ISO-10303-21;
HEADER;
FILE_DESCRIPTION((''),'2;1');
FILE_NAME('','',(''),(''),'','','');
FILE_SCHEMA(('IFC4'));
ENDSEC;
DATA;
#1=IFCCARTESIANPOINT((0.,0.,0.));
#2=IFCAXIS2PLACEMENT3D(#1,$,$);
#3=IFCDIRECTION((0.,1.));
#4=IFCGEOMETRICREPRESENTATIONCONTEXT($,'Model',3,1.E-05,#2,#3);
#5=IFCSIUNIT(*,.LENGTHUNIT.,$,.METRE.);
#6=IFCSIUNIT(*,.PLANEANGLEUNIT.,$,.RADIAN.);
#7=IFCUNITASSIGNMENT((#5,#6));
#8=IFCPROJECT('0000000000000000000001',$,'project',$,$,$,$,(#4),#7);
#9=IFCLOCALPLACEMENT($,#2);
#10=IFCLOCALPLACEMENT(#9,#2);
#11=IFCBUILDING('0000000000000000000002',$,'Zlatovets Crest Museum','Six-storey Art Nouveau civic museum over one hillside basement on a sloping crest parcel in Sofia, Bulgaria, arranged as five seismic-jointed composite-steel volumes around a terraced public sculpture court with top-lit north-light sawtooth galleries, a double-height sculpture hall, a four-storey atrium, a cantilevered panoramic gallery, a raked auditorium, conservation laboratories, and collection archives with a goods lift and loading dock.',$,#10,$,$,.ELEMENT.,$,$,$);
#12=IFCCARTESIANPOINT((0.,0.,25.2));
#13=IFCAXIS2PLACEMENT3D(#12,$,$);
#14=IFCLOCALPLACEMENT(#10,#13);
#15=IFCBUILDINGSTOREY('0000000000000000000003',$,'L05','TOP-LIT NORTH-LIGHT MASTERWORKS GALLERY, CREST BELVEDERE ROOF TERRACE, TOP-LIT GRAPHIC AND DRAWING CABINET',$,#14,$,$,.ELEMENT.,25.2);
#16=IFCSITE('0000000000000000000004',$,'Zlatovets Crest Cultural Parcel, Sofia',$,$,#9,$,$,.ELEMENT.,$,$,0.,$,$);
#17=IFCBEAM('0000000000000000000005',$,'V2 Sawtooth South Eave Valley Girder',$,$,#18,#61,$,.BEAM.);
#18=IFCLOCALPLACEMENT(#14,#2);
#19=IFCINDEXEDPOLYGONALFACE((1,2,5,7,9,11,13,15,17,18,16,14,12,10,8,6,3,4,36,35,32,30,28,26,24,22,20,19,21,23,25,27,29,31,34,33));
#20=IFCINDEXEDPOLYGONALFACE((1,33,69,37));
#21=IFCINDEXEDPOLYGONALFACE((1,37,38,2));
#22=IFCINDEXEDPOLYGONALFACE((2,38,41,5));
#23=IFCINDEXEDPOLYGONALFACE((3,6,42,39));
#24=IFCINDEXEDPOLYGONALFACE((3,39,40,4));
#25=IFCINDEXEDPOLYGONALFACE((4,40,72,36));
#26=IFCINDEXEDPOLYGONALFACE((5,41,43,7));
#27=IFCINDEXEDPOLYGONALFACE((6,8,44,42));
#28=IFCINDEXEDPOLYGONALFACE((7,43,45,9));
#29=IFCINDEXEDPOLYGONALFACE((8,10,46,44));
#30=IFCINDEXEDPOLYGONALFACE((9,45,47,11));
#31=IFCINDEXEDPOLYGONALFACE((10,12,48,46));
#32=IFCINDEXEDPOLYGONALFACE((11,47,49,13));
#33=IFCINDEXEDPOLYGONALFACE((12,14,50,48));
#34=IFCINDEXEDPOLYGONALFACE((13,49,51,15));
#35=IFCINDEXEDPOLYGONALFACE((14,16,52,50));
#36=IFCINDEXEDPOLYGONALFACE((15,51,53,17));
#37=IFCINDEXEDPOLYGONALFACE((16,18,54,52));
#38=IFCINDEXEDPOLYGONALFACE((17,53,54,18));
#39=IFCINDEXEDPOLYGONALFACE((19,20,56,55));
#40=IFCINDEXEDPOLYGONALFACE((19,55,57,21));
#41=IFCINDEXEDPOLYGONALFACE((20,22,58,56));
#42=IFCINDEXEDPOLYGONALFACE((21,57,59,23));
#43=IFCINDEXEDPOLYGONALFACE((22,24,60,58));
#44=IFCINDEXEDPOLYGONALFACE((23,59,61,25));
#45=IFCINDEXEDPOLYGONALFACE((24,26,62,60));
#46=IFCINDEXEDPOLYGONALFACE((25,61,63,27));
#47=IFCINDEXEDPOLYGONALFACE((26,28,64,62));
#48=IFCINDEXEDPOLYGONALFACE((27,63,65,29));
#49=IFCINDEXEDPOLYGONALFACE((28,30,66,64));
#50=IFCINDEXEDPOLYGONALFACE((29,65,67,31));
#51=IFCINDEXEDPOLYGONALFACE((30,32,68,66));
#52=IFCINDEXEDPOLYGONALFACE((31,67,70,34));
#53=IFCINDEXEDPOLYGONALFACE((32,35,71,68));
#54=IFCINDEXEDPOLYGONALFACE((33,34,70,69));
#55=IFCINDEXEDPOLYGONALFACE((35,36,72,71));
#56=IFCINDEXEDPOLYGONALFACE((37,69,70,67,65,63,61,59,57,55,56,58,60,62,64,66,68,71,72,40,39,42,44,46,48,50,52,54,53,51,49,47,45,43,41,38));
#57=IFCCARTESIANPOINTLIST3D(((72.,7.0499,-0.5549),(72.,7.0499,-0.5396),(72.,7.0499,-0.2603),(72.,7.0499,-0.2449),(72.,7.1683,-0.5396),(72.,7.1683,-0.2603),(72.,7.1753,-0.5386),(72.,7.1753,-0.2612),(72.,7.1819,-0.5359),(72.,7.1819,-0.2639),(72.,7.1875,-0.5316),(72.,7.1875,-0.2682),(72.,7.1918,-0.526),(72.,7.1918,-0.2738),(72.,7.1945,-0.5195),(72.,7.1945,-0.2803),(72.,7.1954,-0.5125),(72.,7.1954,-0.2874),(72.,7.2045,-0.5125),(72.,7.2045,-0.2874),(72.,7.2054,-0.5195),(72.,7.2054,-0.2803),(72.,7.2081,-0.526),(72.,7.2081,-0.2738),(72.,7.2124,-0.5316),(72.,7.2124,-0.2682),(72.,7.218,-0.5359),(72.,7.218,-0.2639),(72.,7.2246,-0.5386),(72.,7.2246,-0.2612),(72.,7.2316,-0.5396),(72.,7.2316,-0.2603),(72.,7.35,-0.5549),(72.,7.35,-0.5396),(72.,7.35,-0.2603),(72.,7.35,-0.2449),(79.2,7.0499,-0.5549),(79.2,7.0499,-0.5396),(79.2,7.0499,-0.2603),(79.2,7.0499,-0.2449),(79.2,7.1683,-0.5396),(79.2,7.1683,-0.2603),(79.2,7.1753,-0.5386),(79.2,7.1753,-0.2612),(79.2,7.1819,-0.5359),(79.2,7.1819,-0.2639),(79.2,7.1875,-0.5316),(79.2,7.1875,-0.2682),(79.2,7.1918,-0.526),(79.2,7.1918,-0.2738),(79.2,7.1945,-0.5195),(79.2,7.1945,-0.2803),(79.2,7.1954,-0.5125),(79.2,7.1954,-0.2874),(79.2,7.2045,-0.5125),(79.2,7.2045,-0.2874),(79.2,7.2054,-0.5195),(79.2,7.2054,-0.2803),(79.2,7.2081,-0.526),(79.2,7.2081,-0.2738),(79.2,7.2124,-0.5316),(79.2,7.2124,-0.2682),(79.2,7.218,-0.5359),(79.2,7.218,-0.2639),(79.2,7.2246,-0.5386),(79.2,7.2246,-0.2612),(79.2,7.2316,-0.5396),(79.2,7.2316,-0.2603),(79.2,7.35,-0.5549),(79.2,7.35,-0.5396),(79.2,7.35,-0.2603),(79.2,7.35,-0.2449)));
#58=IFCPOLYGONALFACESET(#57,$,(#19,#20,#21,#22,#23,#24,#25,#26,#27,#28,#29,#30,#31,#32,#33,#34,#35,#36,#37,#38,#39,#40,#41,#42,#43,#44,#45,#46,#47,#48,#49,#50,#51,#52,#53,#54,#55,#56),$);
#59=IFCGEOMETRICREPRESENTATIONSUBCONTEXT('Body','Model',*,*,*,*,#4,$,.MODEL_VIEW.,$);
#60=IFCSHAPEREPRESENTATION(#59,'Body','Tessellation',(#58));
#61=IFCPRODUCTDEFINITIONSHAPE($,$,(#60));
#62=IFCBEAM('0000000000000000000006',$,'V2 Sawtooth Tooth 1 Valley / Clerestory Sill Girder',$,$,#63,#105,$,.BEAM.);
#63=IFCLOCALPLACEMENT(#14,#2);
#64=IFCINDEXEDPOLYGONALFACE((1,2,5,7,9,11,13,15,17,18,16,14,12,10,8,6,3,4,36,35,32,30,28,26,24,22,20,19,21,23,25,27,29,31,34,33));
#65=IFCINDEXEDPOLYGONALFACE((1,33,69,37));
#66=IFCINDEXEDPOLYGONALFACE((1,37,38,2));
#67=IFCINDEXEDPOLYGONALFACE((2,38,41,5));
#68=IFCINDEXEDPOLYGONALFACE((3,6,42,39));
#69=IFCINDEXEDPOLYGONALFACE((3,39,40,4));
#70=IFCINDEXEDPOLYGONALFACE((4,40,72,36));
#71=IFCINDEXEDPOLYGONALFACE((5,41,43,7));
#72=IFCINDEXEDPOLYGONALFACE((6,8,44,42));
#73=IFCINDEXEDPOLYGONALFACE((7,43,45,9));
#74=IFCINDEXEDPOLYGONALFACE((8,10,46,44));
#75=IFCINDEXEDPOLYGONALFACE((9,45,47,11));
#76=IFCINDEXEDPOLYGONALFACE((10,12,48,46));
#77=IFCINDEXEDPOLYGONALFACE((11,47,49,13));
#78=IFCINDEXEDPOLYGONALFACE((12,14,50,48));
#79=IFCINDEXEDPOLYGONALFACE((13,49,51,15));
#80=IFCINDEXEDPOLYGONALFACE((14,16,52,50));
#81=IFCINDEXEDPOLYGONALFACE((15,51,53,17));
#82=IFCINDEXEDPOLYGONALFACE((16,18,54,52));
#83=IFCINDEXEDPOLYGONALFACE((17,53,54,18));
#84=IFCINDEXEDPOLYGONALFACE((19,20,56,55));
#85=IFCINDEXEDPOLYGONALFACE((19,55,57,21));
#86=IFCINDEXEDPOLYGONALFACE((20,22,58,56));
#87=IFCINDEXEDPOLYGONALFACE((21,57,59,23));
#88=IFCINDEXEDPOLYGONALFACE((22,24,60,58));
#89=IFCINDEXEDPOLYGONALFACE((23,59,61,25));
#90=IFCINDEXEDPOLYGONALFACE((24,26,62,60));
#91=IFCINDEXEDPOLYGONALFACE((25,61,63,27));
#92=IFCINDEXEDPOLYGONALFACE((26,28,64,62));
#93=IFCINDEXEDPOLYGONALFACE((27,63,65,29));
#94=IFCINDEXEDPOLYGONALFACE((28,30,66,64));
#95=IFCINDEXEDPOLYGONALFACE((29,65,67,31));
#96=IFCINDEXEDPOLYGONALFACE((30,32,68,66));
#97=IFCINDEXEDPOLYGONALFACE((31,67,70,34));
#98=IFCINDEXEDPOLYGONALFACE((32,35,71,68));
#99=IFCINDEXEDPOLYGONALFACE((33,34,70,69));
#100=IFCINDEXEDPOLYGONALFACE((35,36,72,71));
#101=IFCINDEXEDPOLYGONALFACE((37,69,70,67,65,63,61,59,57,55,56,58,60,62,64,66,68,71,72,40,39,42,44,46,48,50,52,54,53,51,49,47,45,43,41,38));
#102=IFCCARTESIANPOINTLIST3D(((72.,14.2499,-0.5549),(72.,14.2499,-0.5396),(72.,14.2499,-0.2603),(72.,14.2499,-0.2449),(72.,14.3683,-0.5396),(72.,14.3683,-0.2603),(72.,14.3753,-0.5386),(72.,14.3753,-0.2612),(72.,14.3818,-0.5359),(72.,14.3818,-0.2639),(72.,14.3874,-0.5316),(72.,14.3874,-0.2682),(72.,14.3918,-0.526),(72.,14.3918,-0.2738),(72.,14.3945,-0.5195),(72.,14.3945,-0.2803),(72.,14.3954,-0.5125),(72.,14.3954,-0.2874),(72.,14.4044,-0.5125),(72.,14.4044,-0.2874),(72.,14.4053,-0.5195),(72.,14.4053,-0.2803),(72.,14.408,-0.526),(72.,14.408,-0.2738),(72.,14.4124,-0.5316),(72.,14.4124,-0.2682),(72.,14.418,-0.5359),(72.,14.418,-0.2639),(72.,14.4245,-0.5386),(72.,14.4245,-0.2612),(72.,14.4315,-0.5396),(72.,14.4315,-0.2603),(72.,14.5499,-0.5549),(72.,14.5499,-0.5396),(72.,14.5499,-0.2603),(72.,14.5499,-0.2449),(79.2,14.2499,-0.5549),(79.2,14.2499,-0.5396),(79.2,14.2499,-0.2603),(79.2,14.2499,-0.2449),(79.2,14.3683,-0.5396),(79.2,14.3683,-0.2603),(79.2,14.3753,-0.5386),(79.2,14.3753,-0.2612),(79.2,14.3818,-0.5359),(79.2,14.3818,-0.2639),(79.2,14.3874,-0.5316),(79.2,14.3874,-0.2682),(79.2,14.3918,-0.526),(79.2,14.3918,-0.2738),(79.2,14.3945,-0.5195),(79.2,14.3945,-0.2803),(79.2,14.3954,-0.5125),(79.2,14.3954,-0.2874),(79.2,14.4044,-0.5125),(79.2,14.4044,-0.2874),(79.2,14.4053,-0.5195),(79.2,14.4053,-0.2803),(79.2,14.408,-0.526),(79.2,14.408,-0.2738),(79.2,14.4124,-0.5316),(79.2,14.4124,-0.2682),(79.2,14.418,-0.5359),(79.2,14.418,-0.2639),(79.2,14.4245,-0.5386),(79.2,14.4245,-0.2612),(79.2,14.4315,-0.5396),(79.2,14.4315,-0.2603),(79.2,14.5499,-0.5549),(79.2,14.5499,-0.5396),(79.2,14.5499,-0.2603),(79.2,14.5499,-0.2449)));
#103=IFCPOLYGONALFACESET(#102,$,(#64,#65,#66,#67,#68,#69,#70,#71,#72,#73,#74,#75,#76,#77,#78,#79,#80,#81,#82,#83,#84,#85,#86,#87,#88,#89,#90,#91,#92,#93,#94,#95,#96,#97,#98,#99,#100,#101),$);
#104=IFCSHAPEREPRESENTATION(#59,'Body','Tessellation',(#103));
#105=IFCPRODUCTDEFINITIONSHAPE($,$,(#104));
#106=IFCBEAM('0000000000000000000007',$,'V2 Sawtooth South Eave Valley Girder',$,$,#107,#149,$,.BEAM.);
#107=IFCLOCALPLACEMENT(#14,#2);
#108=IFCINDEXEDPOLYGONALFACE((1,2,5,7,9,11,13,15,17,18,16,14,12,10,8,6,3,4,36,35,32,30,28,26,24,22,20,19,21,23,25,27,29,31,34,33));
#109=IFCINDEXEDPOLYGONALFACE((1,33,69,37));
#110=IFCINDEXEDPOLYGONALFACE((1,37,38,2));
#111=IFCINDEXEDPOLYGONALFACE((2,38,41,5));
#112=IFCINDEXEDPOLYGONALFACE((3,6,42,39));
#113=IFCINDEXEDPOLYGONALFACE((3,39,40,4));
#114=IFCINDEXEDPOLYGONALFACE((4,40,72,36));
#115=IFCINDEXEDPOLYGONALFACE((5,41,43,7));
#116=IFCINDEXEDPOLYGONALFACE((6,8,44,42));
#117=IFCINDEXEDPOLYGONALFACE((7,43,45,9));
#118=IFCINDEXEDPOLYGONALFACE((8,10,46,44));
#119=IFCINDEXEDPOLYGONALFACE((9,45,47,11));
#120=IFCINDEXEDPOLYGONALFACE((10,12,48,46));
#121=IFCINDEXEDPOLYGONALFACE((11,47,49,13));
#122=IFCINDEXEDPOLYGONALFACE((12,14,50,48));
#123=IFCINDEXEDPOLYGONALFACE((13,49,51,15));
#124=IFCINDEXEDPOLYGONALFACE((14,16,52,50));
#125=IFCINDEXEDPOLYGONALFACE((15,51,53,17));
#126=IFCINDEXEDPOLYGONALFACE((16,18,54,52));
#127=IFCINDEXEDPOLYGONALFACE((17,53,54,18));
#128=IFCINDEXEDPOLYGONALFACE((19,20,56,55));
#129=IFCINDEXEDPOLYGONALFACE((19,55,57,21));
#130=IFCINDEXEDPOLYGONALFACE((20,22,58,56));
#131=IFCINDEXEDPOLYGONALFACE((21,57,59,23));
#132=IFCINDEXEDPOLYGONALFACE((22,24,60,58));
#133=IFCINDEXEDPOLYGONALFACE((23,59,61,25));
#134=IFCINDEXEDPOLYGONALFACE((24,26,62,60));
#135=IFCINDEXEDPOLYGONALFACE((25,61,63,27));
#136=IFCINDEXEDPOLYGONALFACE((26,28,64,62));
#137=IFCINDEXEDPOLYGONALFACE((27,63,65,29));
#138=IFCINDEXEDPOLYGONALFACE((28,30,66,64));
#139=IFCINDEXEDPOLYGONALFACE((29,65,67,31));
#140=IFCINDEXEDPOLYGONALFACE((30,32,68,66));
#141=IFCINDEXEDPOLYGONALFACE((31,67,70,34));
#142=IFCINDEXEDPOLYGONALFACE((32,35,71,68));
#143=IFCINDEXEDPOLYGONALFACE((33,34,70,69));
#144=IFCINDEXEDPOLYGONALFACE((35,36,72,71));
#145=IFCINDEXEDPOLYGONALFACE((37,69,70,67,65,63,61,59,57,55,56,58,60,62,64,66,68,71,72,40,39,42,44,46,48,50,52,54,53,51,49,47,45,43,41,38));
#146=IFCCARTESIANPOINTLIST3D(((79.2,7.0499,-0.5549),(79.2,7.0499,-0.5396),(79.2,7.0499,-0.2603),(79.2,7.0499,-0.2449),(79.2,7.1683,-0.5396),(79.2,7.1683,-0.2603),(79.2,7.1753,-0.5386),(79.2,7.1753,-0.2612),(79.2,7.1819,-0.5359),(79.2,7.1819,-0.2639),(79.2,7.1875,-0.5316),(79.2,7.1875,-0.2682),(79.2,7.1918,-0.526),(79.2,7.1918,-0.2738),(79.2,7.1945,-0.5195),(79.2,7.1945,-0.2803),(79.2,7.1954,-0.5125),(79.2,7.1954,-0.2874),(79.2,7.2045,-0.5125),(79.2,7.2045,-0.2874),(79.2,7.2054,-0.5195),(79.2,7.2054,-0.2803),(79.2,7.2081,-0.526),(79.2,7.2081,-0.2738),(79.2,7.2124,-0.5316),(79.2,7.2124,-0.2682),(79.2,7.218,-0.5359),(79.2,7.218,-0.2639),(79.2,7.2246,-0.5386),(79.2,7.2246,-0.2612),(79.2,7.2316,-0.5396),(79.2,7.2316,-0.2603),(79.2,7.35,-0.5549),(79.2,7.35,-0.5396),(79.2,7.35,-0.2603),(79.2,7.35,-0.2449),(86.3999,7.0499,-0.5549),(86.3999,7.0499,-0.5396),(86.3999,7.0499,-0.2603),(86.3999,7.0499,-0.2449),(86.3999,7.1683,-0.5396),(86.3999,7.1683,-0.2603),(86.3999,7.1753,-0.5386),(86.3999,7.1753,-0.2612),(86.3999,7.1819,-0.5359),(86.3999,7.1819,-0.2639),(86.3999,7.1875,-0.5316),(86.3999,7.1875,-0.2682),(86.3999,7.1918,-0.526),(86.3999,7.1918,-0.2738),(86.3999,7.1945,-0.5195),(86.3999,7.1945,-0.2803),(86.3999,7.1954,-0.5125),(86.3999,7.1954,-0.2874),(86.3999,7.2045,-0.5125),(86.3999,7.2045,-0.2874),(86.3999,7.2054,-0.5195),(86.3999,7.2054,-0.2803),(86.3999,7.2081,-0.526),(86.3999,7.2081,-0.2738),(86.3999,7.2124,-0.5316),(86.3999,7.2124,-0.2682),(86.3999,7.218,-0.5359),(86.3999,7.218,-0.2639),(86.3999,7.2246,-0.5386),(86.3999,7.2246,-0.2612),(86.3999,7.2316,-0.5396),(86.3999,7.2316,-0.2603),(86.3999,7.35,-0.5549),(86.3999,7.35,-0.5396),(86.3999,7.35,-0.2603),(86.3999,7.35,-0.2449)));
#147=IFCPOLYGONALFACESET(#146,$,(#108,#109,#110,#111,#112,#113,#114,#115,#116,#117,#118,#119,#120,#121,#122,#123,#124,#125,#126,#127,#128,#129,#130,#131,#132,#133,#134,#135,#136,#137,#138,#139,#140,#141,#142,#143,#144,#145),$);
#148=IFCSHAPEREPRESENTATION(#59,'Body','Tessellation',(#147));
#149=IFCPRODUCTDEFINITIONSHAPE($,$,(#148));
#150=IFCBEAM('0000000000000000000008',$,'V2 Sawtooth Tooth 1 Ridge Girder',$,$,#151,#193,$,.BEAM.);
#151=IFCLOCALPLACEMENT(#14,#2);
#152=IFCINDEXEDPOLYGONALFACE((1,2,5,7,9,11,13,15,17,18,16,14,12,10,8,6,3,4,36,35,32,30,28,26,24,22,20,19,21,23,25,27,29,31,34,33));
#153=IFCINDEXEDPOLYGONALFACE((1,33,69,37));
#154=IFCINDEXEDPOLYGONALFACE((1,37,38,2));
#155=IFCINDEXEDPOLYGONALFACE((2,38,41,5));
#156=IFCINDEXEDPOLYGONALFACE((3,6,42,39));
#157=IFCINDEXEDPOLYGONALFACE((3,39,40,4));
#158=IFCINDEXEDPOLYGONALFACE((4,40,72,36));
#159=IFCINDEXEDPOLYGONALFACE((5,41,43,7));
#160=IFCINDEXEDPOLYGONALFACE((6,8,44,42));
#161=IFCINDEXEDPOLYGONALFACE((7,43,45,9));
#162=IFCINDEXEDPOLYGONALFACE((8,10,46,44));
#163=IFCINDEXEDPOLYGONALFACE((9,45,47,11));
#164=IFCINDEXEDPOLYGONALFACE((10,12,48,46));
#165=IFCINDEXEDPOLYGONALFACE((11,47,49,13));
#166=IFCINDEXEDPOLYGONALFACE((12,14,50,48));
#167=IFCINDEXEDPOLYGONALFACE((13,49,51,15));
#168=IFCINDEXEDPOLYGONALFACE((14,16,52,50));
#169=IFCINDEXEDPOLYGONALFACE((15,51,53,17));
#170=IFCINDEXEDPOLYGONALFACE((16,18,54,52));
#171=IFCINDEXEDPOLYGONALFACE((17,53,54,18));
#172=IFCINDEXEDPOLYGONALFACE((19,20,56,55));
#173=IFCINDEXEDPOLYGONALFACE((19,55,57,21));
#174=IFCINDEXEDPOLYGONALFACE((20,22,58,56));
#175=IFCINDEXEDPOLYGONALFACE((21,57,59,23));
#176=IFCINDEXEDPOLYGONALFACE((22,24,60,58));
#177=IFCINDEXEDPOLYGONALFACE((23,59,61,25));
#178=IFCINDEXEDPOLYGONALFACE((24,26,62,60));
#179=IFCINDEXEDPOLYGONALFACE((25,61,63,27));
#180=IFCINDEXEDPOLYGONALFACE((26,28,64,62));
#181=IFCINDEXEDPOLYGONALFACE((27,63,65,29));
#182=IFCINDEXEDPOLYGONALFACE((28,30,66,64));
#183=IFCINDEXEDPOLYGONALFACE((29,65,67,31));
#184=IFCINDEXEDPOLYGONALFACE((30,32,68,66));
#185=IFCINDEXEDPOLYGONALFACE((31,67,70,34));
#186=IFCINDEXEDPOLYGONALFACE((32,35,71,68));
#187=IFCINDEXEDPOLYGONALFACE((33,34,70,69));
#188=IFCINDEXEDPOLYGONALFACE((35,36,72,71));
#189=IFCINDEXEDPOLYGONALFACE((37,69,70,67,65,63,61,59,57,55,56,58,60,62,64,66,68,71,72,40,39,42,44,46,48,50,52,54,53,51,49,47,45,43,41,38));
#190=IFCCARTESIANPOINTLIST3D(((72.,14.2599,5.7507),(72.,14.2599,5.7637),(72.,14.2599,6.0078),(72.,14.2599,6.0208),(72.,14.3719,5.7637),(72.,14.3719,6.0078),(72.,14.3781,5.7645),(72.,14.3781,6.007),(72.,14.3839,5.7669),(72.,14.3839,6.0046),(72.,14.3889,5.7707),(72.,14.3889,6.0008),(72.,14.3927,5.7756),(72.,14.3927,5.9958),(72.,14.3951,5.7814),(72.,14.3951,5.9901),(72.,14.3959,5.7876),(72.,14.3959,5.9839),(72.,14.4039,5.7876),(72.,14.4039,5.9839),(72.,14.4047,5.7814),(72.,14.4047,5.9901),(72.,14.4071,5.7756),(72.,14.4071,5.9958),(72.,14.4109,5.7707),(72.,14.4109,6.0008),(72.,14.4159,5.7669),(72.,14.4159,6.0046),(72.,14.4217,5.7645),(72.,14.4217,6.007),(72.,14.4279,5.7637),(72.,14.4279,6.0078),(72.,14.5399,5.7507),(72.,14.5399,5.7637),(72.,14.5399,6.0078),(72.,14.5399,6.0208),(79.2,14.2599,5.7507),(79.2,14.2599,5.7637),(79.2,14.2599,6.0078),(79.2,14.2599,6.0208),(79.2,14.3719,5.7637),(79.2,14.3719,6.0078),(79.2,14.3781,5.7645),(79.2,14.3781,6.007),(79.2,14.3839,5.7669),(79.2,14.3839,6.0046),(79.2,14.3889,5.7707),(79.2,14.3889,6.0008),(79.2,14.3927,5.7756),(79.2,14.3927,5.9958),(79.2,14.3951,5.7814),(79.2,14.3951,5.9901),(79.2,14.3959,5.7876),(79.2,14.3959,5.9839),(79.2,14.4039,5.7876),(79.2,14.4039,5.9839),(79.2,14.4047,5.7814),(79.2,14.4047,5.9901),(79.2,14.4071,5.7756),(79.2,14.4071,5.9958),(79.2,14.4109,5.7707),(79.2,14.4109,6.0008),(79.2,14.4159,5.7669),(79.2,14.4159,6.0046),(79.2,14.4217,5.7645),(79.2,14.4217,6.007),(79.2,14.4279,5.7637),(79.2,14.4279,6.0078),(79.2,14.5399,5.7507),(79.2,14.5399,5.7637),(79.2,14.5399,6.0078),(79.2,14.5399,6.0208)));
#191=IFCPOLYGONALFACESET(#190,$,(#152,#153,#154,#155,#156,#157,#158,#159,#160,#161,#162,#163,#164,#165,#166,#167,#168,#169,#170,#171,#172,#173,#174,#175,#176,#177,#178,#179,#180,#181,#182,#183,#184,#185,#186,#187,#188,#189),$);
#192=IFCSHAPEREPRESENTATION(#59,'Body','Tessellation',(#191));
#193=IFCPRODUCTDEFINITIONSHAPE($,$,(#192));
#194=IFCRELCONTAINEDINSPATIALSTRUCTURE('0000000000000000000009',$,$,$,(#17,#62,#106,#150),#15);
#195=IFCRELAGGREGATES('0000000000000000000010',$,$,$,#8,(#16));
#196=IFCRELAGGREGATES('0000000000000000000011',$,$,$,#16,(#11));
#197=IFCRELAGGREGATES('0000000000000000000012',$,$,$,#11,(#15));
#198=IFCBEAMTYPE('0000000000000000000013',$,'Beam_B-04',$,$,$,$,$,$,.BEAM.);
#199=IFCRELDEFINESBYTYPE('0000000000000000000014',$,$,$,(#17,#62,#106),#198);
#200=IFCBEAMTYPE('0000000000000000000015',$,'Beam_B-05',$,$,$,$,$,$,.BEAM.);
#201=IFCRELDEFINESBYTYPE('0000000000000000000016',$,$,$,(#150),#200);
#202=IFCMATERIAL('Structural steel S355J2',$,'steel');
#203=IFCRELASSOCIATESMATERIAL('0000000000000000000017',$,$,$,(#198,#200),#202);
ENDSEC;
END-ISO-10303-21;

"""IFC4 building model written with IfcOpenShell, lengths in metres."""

from ifc_helpers import new_model, si_unit, direction, frame, origin, origin_2d, place, context, subcontext, project, spatial, i_section, extrude, material, material_profile, profile_set, type_object, element, save


model = new_model("IFC4")

# Units and contexts
model_context = context("Model", 3, precision=1e-05, world=origin(), true_north=direction((0.0, 1.0)))
body_context = subcontext(model_context, "Body", "Model", "MODEL_VIEW")
ifc_project = project(units=[si_unit("LENGTHUNIT", "METRE"), si_unit("PLANEANGLEUNIT", "RADIAN")], contexts=[model_context])

# Site, building, storey
site_placement = place(None, origin())
site = spatial("IfcSite", under=ifc_project, at=site_placement, Name="Zlatovets Crest Cultural Parcel, Sofia", CompositionType="ELEMENT", RefElevation=0.0)
building_placement = place(site_placement, origin())
building = spatial("IfcBuilding", under=site, at=building_placement, Name="Zlatovets Crest Museum", Description="Six-storey Art Nouveau civic museum over one hillside basement on a sloping crest parcel in Sofia, Bulgaria, arranged as five seismic-jointed composite-steel volumes around a terraced public sculpture court with top-lit north-light sawtooth galleries, a double-height sculpture hall, a four-storey atrium, a cantilevered panoramic gallery, a raked auditorium, conservation laboratories, and collection archives with a goods lift and loading dock.", CompositionType="ELEMENT")
storey_placement = place(building_placement, frame((0.0, 0.0, 25.2)))
storey = spatial("IfcBuildingStorey", under=building, at=storey_placement, Name="L05", Description="TOP-LIT NORTH-LIGHT MASTERWORKS GALLERY, CREST BELVEDERE ROOF TERRACE, TOP-LIT GRAPHIC AND DRAWING CABINET", CompositionType="ELEMENT", Elevation=25.2)

# Beams
ifc_material_1 = material(Name="Structural steel S355J2", Category="steel")
ifc_material_profile_1 = material_profile(ifc_material_1, i_section(OverallWidth=0.3, OverallDepth=0.3101, WebThickness=0.009, FlangeThickness=0.0154, FilletRadius=0.0271, at=origin_2d()), Name="HEA 320")
ifc_profile_set_1 = profile_set([ifc_material_profile_1], Name="Structural steel S355J2")
beam_type_1 = type_object("IfcBeamType", Name="Beam_B-04", PredefinedType="BEAM", material=ifc_profile_set_1)
for number, where, z_axis, x_axis, name in (
    (1, (72.0, 7.2, -0.3999), (1.0, 0.0, 0.0), (0.0, 1.0, 0.0), "V2 Sawtooth South Eave Valley Girder"),
    (2, (72.0, 14.3999, -0.3999), (1.0, 0.0, 0.0), (0.0, 1.0, 0.0), "V2 Sawtooth Tooth 1 Valley / Clerestory Sill Girder"),
    (3, (79.2, 7.2, -0.3999), (1.0, 0.0, 0.0), (0.0, 1.0, 0.0), "V2 Sawtooth South Eave Valley Girder"),
):
    element("IfcBeam", number, at=place(storey_placement, frame(where, z_axis=z_axis, x_axis=x_axis)), inside=storey, type_object=beam_type_1, Name=name, PredefinedType="BEAM", context=body_context, shape_type="SweptSolid", body=[
        extrude(i_section(OverallWidth=0.3, OverallDepth=0.3101, WebThickness=0.009, FlangeThickness=0.0154, FilletRadius=0.0271, at=origin_2d()), origin(), (0.0, 0.0, 1.0), 7.2),
    ])
ifc_material_profile_2 = material_profile(ifc_material_1, i_section(OverallWidth=0.28, OverallDepth=0.27, WebThickness=0.0081, FlangeThickness=0.0129, FilletRadius=0.0239, at=origin_2d()), Name="HEA 280")
ifc_profile_set_2 = profile_set([ifc_material_profile_2], Name="Structural steel S355J2")
beam_type_2 = type_object("IfcBeamType", Name="Beam_B-05", PredefinedType="BEAM", material=ifc_profile_set_2)
beam_placement = place(storey_placement, frame((72.0, 14.3999, 5.8857), z_axis=(1.0, 0.0, 0.0), x_axis=(0.0, 1.0, 0.0)))
element("IfcBeam", 4, at=beam_placement, inside=storey, type_object=beam_type_2, Name="V2 Sawtooth Tooth 1 Ridge Girder", PredefinedType="BEAM", context=body_context, shape_type="SweptSolid", body=[
    extrude(i_section(OverallWidth=0.28, OverallDepth=0.27, WebThickness=0.0081, FlangeThickness=0.0129, FilletRadius=0.0239, at=origin_2d()), origin(), (0.0, 0.0, 1.0), 7.2),
])

save(model, "model.ifc")
